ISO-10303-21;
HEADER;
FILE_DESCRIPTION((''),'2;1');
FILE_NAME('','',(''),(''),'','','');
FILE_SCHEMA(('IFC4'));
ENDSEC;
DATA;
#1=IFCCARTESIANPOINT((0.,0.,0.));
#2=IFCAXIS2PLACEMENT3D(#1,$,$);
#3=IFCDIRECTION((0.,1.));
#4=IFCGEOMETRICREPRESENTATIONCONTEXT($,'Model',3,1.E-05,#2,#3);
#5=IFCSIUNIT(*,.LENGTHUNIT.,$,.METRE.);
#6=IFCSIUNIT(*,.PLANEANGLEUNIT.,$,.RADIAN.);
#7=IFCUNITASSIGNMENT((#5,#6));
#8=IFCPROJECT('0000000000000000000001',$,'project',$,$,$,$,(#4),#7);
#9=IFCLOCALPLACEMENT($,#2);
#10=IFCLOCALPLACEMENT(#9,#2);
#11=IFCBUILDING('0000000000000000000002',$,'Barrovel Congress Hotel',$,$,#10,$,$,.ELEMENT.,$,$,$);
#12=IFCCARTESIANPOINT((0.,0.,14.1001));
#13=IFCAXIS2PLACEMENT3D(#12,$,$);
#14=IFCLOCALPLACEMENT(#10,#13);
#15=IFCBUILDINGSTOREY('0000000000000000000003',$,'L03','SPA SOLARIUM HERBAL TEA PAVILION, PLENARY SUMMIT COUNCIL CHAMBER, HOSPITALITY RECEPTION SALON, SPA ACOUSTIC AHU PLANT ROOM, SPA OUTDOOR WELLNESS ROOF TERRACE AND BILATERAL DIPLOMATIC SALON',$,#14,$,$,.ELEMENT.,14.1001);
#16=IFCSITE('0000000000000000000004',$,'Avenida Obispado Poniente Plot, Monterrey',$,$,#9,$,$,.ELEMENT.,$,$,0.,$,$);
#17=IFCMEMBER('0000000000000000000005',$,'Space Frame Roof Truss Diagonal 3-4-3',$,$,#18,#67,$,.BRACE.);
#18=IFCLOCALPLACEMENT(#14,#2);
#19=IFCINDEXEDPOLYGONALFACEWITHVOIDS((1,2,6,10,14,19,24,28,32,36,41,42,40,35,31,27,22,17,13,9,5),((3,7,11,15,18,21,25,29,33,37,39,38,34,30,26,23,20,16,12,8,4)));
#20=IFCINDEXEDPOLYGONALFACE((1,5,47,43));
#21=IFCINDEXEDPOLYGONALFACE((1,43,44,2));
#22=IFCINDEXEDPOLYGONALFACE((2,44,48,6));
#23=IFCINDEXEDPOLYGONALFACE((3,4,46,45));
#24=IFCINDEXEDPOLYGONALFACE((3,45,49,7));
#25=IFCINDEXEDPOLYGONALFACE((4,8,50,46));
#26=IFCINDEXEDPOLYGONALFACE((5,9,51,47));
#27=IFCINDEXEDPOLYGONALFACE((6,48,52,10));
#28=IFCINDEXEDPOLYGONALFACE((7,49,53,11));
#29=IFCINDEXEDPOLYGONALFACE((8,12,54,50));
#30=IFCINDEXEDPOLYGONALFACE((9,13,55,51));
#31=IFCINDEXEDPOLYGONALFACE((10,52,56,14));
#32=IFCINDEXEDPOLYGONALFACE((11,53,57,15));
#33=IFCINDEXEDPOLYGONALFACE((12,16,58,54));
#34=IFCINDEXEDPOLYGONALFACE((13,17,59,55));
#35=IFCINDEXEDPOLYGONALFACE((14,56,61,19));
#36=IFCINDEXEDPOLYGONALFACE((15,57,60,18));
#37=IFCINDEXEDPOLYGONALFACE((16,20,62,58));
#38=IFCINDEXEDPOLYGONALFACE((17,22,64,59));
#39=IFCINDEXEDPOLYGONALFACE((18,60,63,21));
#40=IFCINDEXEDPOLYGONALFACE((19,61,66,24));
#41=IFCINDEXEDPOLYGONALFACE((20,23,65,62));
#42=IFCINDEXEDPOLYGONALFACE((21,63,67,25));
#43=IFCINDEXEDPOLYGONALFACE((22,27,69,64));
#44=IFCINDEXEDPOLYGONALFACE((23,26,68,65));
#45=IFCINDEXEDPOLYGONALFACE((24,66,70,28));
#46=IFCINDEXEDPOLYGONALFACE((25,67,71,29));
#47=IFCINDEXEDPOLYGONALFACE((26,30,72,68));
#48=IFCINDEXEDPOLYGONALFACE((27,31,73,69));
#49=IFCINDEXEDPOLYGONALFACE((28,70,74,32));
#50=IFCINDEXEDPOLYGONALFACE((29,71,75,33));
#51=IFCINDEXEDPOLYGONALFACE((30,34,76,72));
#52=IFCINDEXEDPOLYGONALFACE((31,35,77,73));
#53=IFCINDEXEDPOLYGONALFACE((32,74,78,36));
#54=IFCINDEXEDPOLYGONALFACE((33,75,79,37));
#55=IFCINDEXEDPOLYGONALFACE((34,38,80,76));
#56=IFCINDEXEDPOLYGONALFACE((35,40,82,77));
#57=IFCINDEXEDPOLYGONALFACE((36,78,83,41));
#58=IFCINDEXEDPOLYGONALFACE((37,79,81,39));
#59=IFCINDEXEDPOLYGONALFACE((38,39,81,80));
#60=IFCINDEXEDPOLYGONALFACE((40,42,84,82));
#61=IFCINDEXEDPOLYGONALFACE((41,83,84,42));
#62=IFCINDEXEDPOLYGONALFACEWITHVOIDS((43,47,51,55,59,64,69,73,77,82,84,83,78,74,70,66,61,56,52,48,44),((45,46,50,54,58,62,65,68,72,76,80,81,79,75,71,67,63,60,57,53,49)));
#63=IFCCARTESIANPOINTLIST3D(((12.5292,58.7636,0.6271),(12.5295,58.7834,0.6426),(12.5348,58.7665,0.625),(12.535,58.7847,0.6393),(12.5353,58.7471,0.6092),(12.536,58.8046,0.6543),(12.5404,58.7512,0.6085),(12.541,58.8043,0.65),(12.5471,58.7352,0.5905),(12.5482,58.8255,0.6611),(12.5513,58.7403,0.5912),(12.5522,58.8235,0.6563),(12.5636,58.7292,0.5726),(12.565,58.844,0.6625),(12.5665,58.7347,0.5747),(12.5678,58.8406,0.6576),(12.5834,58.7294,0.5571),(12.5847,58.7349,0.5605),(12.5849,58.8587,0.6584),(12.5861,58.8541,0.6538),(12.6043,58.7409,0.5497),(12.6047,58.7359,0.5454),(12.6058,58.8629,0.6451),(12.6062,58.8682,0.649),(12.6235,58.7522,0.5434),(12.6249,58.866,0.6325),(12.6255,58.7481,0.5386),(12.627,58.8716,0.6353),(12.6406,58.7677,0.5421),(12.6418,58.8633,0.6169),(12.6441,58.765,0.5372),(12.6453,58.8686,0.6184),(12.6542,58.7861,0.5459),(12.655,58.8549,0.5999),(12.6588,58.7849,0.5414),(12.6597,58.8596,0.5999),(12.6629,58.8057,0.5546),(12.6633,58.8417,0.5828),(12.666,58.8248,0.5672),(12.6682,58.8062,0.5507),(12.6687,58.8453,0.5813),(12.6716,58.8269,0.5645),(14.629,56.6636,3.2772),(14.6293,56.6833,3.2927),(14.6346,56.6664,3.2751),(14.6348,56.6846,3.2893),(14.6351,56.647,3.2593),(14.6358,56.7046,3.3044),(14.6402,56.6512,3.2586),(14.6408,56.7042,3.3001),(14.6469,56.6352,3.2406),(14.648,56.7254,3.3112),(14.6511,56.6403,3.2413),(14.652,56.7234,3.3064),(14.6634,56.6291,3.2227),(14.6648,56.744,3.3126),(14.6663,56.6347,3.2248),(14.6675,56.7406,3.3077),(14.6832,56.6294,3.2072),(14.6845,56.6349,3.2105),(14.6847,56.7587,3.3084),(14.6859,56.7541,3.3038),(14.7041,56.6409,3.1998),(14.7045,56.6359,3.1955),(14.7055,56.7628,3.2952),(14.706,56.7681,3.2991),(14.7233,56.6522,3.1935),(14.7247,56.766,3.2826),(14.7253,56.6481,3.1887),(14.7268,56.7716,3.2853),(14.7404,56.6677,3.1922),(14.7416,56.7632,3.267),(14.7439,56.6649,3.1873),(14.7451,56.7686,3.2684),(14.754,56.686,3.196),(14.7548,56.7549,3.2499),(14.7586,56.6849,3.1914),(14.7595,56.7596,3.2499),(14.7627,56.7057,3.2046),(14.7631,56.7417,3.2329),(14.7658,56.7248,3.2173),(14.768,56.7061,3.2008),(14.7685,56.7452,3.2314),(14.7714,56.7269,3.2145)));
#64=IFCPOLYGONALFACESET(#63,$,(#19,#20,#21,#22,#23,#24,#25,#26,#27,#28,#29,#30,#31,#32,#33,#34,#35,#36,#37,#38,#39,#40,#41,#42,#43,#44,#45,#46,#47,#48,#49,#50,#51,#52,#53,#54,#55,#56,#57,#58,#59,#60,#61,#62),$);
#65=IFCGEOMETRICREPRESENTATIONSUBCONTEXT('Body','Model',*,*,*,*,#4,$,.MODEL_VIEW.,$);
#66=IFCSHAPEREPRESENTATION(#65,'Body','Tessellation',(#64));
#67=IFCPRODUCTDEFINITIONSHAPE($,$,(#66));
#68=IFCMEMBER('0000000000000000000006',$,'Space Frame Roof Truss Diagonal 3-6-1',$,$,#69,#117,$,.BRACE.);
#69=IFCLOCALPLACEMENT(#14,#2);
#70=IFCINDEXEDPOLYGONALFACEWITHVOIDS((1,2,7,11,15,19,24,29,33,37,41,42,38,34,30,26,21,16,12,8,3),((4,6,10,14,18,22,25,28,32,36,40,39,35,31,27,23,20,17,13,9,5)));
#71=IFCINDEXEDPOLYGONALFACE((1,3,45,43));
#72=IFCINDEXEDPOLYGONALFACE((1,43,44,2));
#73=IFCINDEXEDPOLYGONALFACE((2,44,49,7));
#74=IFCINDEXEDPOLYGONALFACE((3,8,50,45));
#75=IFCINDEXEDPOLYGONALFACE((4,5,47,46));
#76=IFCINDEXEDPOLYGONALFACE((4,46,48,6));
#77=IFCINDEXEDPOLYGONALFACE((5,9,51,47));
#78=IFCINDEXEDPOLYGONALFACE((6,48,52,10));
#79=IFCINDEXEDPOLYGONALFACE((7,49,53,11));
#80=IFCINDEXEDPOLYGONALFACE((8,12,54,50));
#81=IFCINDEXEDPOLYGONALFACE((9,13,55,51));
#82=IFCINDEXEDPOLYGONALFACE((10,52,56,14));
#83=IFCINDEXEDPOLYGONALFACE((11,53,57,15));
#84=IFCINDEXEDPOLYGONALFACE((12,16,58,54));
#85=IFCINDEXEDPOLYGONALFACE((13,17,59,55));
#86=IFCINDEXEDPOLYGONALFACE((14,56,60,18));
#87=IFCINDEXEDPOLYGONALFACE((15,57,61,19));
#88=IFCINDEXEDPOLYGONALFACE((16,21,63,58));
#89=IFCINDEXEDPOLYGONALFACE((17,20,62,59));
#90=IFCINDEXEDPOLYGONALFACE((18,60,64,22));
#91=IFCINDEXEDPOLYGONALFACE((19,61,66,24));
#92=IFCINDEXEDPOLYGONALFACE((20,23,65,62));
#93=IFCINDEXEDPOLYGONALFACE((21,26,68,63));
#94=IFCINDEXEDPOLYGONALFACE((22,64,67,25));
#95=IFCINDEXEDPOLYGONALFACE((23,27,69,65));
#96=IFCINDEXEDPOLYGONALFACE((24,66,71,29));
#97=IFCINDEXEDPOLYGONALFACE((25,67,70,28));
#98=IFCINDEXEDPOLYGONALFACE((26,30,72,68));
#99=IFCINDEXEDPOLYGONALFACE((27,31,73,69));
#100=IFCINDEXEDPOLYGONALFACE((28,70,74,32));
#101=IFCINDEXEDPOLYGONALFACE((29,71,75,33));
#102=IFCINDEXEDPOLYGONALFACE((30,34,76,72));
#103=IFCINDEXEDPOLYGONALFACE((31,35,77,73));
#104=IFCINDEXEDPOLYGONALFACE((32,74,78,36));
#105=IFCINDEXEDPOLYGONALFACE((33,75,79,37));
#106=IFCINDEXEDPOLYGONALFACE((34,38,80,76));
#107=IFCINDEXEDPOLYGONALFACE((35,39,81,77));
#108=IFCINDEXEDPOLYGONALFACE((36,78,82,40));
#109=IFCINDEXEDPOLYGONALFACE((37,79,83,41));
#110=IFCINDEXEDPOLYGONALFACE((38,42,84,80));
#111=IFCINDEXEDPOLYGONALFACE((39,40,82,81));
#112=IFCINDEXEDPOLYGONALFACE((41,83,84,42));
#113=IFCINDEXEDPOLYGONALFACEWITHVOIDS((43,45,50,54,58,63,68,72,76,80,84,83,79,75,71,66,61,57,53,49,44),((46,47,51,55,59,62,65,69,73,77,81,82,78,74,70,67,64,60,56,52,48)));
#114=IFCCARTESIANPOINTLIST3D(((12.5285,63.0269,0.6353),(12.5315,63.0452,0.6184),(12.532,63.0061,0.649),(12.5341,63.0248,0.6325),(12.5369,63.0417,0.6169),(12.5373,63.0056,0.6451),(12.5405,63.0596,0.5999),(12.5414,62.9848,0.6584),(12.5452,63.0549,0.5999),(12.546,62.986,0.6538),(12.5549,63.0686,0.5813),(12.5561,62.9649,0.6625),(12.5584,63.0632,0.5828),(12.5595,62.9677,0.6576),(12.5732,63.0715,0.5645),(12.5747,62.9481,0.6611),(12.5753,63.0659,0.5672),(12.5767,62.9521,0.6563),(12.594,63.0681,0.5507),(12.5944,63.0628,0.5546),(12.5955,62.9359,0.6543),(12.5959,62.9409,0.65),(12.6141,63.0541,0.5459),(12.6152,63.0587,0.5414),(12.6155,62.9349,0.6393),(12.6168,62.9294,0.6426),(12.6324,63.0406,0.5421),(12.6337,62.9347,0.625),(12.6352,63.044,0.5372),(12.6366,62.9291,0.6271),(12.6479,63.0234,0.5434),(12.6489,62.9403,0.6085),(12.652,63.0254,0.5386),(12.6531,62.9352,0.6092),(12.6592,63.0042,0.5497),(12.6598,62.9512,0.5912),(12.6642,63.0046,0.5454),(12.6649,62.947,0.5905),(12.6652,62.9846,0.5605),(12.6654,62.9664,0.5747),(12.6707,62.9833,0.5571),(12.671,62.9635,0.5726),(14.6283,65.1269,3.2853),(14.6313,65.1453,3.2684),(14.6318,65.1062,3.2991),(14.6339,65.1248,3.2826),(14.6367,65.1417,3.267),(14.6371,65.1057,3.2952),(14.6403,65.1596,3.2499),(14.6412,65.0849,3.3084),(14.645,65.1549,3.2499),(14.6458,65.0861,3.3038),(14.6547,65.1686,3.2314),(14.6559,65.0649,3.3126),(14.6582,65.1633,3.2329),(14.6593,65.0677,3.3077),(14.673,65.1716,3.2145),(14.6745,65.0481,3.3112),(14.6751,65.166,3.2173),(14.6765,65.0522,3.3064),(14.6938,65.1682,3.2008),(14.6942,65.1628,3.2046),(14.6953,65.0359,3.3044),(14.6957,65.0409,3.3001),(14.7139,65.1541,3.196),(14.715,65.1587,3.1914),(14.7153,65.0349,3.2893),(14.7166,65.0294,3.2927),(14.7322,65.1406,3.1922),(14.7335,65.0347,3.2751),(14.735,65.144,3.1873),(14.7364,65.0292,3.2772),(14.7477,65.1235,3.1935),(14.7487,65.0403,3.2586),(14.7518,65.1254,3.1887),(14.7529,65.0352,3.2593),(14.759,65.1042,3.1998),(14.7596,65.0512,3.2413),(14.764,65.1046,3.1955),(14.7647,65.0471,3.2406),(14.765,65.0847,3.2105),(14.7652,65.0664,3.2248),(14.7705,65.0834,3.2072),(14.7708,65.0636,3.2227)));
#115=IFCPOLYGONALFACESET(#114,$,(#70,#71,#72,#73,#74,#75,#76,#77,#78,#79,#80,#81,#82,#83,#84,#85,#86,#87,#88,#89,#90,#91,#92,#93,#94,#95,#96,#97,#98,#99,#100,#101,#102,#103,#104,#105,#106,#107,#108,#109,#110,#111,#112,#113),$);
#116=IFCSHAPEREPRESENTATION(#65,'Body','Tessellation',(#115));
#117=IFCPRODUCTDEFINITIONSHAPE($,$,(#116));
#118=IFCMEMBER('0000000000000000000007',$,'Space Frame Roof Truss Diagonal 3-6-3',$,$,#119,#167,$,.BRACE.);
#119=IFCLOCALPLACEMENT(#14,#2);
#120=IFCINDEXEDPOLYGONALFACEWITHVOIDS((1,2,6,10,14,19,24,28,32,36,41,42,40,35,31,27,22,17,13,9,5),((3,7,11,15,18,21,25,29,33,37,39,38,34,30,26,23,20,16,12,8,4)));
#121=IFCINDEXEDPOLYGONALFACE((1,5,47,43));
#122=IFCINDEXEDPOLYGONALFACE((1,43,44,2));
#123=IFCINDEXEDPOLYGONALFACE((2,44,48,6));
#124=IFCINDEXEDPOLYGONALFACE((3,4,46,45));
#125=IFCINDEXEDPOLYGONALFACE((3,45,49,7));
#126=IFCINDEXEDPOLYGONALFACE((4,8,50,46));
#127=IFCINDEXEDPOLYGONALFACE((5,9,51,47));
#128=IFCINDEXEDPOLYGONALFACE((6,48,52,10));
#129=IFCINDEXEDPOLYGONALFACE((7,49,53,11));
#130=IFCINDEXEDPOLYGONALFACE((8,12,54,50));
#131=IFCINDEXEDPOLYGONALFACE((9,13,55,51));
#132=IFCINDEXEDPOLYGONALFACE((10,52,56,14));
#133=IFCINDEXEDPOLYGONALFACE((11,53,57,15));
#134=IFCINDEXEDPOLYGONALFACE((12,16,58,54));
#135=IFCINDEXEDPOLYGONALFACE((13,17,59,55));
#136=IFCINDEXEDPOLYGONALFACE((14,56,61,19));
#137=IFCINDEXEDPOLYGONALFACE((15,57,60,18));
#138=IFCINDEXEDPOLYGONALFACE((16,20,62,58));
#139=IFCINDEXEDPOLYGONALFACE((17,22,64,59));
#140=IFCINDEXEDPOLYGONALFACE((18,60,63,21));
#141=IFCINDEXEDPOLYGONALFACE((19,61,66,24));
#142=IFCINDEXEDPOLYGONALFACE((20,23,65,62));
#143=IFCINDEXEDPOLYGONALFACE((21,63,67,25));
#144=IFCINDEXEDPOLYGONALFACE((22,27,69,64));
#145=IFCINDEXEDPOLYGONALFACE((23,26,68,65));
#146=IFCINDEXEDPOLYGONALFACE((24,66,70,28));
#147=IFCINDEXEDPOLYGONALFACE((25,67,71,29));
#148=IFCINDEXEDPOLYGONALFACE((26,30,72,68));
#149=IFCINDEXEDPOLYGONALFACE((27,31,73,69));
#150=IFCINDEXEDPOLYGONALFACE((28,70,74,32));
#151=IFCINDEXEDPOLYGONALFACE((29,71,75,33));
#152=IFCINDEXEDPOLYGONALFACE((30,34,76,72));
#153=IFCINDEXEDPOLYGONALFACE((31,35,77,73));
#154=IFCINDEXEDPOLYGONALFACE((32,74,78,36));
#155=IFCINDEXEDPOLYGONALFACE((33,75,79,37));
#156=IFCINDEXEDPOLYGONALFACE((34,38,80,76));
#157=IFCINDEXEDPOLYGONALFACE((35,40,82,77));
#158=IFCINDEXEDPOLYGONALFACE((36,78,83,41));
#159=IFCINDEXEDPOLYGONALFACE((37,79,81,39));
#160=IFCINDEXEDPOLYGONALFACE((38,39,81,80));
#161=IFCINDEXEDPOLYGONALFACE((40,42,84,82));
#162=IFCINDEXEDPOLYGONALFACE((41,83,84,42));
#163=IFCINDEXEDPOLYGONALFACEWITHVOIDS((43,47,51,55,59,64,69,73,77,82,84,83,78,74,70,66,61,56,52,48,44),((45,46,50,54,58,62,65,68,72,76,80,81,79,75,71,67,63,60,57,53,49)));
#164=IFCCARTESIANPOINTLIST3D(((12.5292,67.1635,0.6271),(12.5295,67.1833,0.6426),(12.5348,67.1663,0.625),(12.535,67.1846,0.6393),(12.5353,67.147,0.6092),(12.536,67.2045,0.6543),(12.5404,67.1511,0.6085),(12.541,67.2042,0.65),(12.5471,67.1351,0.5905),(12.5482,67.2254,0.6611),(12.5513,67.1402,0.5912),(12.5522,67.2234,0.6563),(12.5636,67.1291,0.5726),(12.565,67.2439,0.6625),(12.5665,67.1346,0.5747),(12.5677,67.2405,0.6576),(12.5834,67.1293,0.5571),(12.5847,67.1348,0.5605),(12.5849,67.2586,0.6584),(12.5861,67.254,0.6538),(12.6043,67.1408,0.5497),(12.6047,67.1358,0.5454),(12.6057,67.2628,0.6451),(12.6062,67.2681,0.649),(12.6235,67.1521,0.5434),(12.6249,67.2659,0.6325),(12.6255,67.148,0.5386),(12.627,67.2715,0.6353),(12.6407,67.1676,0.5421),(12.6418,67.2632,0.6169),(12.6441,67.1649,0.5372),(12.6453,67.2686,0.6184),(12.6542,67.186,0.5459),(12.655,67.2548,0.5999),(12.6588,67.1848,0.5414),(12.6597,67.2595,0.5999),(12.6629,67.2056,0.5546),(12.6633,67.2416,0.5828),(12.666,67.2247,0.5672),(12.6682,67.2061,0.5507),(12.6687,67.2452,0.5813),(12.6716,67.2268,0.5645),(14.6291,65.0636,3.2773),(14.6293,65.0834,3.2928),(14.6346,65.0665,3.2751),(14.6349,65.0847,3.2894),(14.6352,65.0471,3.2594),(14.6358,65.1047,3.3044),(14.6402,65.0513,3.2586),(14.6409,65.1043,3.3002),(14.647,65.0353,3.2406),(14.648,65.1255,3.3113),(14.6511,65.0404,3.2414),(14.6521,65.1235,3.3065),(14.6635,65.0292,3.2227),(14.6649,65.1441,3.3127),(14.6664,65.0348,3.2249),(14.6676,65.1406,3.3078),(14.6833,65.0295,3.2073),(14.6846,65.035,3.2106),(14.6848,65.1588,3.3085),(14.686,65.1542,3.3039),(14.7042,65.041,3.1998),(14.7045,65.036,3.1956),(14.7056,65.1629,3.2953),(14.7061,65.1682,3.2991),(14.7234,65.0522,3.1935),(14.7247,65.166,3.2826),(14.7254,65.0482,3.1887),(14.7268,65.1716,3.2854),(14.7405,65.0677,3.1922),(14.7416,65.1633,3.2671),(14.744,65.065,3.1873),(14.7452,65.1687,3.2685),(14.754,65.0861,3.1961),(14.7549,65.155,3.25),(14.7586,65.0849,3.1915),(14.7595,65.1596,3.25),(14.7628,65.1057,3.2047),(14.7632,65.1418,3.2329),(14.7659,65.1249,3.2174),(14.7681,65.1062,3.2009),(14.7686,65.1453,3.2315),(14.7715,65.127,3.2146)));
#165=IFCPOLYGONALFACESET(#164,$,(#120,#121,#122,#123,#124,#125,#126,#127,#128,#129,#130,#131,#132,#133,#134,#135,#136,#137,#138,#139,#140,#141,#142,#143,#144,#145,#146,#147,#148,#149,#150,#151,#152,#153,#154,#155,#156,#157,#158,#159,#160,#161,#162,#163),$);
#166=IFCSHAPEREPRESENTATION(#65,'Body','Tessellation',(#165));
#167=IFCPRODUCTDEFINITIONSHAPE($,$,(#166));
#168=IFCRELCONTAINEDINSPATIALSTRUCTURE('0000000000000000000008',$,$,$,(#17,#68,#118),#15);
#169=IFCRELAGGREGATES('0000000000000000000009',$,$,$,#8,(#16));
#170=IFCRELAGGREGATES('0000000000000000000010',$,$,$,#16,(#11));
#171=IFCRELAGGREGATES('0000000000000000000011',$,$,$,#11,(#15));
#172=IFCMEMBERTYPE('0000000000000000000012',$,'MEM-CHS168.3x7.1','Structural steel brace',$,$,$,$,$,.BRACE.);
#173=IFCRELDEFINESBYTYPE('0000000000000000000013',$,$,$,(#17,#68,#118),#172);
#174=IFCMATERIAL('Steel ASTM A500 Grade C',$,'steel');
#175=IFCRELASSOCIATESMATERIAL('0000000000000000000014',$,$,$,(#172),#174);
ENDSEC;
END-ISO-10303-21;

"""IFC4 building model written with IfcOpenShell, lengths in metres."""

from ifc_helpers import new_model, si_unit, direction, frame, origin, origin_2d, place, context, subcontext, project, spatial, hollow_circle, extrude, material, material_profile, profile_set, type_object, element, save


model = new_model("IFC4")

# Units and contexts
model_context = context("Model", 3, precision=1e-05, world=origin(), true_north=direction((0.0, 1.0)))
body_context = subcontext(model_context, "Body", "Model", "MODEL_VIEW")
ifc_project = project(units=[si_unit("LENGTHUNIT", "METRE"), si_unit("PLANEANGLEUNIT", "RADIAN")], contexts=[model_context])

# Site, building, storey
site_placement = place(None, origin())
site = spatial("IfcSite", under=ifc_project, at=site_placement, Name="Avenida Obispado Poniente Plot, Monterrey", CompositionType="ELEMENT", RefElevation=0.0)
building_placement = place(site_placement, origin())
building = spatial("IfcBuilding", under=site, at=building_placement, Name="Barrovel Congress Hotel", CompositionType="ELEMENT")
storey_placement = place(building_placement, frame((0.0, 0.0, 14.1001)))
storey = spatial("IfcBuildingStorey", under=building, at=storey_placement, Name="L03", Description="SPA SOLARIUM HERBAL TEA PAVILION, PLENARY SUMMIT COUNCIL CHAMBER, HOSPITALITY RECEPTION SALON, SPA ACOUSTIC AHU PLANT ROOM, SPA OUTDOOR WELLNESS ROOF TERRACE AND BILATERAL DIPLOMATIC SALON", CompositionType="ELEMENT", Elevation=14.1001)

# Members
ifc_material_1 = material(Name="Steel ASTM A500 Grade C", Category="steel")
ifc_material_profile_1 = material_profile(ifc_material_1, hollow_circle(Radius=0.0842, WallThickness=0.0066, at=origin_2d()), Name="CHS168.3x7.1")
ifc_profile_set_1 = profile_set([ifc_material_profile_1], Name="Steel ASTM A500 Grade C")
member_type_1 = type_object("IfcMemberType", Name="MEM-CHS168.3x7.1", Description="Structural steel brace", PredefinedType="BRACE", material=ifc_profile_set_1)
for number, where, z_axis, x_axis, name in (
    (1, (12.6001, 58.8, 0.5999), (0.527557, -0.527618, 0.66581), (0.707148, 0.707066, 0.0), "Space Frame Roof Truss Diagonal 3-4-3"),
    (2, (12.6001, 63.0, 0.5999), (0.527557, 0.527618, 0.66581), (-0.707148, 0.707066, 0.0), "Space Frame Roof Truss Diagonal 3-6-1"),
    (3, (12.6001, 67.2, 0.5999), (0.527574, -0.527574, 0.665831), (0.707107, 0.707107, 0.0), "Space Frame Roof Truss Diagonal 3-6-3"),
):
    element("IfcMember", number, at=place(storey_placement, frame(where, z_axis=z_axis, x_axis=x_axis)), inside=storey, type_object=member_type_1, Name=name, PredefinedType="BRACE", context=body_context, shape_type="SweptSolid", body=[
        extrude(hollow_circle(Radius=0.0842, WallThickness=0.0066, at=origin_2d()), origin(), (0.0, 0.0, 1.0), 3.9802),
    ])

save(model, "model.ifc")
